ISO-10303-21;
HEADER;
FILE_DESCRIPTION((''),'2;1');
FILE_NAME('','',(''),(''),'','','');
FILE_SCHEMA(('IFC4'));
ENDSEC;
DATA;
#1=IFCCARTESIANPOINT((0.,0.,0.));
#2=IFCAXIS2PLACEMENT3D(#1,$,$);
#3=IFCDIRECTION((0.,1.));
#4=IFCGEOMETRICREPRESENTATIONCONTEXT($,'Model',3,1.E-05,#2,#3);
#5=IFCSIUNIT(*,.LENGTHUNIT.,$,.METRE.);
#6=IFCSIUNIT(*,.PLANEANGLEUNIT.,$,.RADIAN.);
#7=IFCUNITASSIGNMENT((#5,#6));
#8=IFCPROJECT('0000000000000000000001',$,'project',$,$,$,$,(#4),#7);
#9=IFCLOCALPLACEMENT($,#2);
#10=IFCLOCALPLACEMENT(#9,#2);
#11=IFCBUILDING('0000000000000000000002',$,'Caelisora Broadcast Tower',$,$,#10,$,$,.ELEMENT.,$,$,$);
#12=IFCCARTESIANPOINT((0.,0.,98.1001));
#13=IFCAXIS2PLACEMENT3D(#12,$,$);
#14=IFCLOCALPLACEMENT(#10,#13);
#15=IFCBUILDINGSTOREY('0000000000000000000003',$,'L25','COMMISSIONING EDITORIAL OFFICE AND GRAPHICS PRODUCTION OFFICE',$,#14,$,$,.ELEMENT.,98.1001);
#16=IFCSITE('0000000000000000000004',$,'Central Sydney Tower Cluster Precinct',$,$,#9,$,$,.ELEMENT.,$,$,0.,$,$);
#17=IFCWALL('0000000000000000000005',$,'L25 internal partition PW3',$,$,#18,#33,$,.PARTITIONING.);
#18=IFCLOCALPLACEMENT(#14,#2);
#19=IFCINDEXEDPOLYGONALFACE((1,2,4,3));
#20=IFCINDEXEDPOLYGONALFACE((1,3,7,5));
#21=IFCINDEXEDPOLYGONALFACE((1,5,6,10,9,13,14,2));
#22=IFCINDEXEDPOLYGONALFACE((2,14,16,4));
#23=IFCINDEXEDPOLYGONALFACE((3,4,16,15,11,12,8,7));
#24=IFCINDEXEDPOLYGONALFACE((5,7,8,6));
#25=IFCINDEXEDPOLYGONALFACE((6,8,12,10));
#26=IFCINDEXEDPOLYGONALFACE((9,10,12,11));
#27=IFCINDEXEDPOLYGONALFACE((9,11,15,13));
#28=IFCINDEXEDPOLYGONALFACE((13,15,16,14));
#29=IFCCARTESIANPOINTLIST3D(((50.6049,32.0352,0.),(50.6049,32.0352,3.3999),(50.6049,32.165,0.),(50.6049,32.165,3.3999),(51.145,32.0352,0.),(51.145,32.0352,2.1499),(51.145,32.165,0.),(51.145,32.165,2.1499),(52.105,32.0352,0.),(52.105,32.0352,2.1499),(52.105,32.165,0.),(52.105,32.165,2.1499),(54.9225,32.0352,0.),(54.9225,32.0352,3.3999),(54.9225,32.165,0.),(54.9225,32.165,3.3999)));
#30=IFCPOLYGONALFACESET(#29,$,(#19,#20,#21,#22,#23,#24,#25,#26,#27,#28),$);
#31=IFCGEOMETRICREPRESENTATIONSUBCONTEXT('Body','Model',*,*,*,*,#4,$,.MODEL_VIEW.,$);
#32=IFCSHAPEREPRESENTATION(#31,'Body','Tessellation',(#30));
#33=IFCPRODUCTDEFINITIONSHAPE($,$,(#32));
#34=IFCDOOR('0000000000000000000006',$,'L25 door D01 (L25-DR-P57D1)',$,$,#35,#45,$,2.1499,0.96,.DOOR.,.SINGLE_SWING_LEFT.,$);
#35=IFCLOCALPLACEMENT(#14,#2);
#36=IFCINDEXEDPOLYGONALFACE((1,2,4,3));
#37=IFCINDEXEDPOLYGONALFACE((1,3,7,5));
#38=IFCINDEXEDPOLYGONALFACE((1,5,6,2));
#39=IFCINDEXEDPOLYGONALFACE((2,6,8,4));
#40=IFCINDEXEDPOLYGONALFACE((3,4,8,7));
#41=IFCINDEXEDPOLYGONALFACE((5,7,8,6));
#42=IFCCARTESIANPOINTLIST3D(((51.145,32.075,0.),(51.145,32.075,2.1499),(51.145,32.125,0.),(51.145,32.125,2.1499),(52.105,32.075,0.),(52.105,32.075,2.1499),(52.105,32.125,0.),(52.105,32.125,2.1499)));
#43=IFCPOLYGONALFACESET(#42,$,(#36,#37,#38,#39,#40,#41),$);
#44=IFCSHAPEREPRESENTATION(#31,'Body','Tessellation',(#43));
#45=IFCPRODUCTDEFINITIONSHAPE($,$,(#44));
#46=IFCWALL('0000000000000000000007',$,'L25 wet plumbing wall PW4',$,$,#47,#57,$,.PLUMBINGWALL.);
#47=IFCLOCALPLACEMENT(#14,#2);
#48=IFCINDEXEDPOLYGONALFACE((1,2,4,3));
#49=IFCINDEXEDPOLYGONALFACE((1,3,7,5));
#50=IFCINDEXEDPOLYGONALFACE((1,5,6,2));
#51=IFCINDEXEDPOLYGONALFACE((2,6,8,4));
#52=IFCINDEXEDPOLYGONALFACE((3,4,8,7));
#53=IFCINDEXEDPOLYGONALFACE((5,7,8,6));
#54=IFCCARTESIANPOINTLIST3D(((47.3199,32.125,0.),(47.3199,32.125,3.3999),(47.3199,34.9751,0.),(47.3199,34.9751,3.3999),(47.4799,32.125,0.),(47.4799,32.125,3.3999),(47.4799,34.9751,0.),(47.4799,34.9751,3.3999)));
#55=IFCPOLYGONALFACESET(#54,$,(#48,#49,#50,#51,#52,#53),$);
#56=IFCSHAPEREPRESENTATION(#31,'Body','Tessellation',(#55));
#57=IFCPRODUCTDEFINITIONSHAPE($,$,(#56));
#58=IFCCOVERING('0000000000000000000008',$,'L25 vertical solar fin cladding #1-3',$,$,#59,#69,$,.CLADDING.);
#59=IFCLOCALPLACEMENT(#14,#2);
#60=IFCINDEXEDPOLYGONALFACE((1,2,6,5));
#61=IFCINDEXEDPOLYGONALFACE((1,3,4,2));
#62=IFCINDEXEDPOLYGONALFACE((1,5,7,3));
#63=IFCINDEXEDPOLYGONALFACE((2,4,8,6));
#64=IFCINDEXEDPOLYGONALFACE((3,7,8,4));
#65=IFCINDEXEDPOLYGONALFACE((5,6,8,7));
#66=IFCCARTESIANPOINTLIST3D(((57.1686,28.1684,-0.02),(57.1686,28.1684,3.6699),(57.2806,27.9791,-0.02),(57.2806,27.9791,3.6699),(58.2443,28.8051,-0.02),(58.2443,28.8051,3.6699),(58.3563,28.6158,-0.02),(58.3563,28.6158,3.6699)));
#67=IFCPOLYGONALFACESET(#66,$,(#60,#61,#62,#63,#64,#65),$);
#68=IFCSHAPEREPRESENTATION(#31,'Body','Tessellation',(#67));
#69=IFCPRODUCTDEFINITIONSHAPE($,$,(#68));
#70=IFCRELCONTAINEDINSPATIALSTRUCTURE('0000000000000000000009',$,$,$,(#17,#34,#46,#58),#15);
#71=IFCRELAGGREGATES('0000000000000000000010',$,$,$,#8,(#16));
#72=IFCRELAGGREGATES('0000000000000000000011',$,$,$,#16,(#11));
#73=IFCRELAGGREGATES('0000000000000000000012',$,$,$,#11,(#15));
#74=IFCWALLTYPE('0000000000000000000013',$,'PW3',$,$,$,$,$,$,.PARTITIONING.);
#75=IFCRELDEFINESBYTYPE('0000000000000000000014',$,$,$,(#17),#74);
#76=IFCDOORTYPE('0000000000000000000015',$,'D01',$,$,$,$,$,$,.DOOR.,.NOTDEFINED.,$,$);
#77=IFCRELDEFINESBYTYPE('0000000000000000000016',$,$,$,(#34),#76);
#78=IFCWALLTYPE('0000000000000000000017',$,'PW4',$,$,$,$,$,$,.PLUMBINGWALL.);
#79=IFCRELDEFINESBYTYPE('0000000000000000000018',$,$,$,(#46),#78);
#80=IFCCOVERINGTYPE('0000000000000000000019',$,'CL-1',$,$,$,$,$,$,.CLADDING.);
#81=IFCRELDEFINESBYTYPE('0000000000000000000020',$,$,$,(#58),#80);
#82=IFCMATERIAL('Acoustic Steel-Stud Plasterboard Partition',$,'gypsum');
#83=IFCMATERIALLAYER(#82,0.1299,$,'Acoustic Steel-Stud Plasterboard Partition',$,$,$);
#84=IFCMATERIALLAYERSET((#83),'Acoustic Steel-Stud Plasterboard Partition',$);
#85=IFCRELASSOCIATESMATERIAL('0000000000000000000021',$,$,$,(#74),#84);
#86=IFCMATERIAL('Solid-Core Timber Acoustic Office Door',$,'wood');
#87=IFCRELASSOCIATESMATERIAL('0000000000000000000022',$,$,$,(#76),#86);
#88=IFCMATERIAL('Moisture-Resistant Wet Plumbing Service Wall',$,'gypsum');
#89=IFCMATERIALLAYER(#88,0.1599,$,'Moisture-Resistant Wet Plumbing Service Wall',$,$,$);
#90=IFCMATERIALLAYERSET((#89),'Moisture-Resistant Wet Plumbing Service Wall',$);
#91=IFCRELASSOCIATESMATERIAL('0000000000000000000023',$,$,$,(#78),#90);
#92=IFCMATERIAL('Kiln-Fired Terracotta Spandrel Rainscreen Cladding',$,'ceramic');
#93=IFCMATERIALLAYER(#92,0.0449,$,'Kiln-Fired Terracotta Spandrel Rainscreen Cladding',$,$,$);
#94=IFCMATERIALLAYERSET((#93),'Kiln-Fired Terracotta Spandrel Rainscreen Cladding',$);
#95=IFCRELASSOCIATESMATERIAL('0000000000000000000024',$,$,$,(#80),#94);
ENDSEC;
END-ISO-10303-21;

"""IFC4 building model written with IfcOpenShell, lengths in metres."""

from ifc_helpers import new_model, si_unit, direction, frame, frame_2d, origin, origin_2d, place, context, subcontext, project, spatial, rectangle, extrude, source, transform, mapped, material, layer, layer_set, type_object, type_shapes, element, fill, save


model = new_model("IFC4")

# Units and contexts
model_context = context("Model", 3, precision=1e-05, world=origin(), true_north=direction((0.0, 1.0)))
body_context = subcontext(model_context, "Body", "Model", "MODEL_VIEW")
ifc_project = project(units=[si_unit("LENGTHUNIT", "METRE"), si_unit("PLANEANGLEUNIT", "RADIAN")], contexts=[model_context])

# Site, building, storey
site_placement = place(None, origin())
site = spatial("IfcSite", under=ifc_project, at=site_placement, Name="Central Sydney Tower Cluster Precinct", CompositionType="ELEMENT", RefElevation=0.0)
building_placement = place(site_placement, origin())
building = spatial("IfcBuilding", under=site, at=building_placement, Name="Caelisora Broadcast Tower", CompositionType="ELEMENT")
storey_placement = place(building_placement, frame((0.0, 0.0, 98.1001)))
storey = spatial("IfcBuildingStorey", under=building, at=storey_placement, Name="L25", Description="COMMISSIONING EDITORIAL OFFICE AND GRAPHICS PRODUCTION OFFICE", CompositionType="ELEMENT", Elevation=98.1001)

# Shared definitions
ifc_material_1 = material(Name="Acoustic Steel-Stud Plasterboard Partition", Category="gypsum")
ifc_layer_1 = layer(ifc_material_1, 0.1299, Name="Acoustic Steel-Stud Plasterboard Partition")
ifc_layer_set_1 = layer_set([ifc_layer_1], Name="Acoustic Steel-Stud Plasterboard Partition")
wall_type_1 = type_object("IfcWallType", Name="PW3", PredefinedType="PARTITIONING", material=ifc_layer_set_1)

# Wall, opening, door
wall_1_placement = place(storey_placement, frame((50.605, 32.1001, 0.0), z_axis=(0.0, 0.0, 1.0), x_axis=(1.0, 0.0, 0.0)))
wall_1 = element("IfcWall", 1, at=wall_1_placement, inside=storey, type_object=wall_type_1, Name="L25 internal partition PW3", PredefinedType="PARTITIONING", context=body_context, shape_type="SweptSolid", body=[
    extrude(rectangle(XDim=4.3176, YDim=0.1299, at=frame_2d((2.1587, 0.0))), origin(), (0.0, 0.0, 1.0), 3.3999),
])
opening_placement = place(wall_1_placement, frame((0.54, 0.0, 0.0)))
opening = element("IfcOpeningElement", 2, at=opening_placement, cuts=wall_1, PredefinedType="OPENING", context=body_context, shape_type="SweptSolid", body=[
    extrude(rectangle(XDim=0.96, YDim=2.1499, at=frame_2d((0.48, 1.075))), frame((0.0, 0.0769, 0.0), z_axis=(0.0, -1.0, 0.0), x_axis=(1.0, 0.0, 0.0)), (0.0, 0.0, 1.0), 0.1538),
])
ifc_material_2 = material(Name="Solid-Core Timber Acoustic Office Door", Category="wood")
door_type = type_object("IfcDoorType", Name="D01", OperationType="NOTDEFINED", PredefinedType="DOOR", material=ifc_material_2)
door_placement = place(opening_placement, origin())
door = element("IfcDoor", 3, at=door_placement, inside=storey, type_object=door_type, Name="L25 door D01 (L25-DR-P57D1)", OperationType="SINGLE_SWING_LEFT", OverallHeight=2.1499, OverallWidth=0.96, PredefinedType="DOOR", context=body_context, shape_type="SweptSolid", body=[
    extrude(rectangle(XDim=0.96, YDim=2.1499, at=frame_2d((0.48, 1.075))), frame((0.0, 0.0249, 0.0), z_axis=(0.0, -1.0, 0.0), x_axis=(1.0, 0.0, 0.0)), (0.0, 0.0, 1.0), 0.05),
])
fill(opening, door)

# Wall
ifc_material_3 = material(Name="Moisture-Resistant Wet Plumbing Service Wall", Category="gypsum")
ifc_layer_2 = layer(ifc_material_3, 0.1599, Name="Moisture-Resistant Wet Plumbing Service Wall")
ifc_layer_set_2 = layer_set([ifc_layer_2], Name="Moisture-Resistant Wet Plumbing Service Wall")
wall_type_2 = type_object("IfcWallType", Name="PW4", PredefinedType="PLUMBINGWALL", material=ifc_layer_set_2)
wall_2_placement = place(storey_placement, frame((47.3999, 32.125, 0.0), z_axis=(0.0, 0.0, 1.0), x_axis=(0.0, 1.0, 0.0)))
element("IfcWall", 4, at=wall_2_placement, inside=storey, type_object=wall_type_2, Name="L25 wet plumbing wall PW4", PredefinedType="PLUMBINGWALL", context=body_context, shape_type="SweptSolid", body=[
    extrude(rectangle(XDim=2.8501, YDim=0.1599, at=frame_2d((1.425, 0.0))), origin(), (0.0, 0.0, 1.0), 3.3999),
])

# Covering
ifc_material_4 = material(Name="Kiln-Fired Terracotta Spandrel Rainscreen Cladding", Category="ceramic")
ifc_layer_3 = layer(ifc_material_4, 0.0449, Name="Kiln-Fired Terracotta Spandrel Rainscreen Cladding")
ifc_layer_set_3 = layer_set([ifc_layer_3], Name="Kiln-Fired Terracotta Spandrel Rainscreen Cladding")
covering_type = type_object("IfcCoveringType", Name="CL-1", PredefinedType="CLADDING", material=ifc_layer_set_3)
shared_shape_1 = source(origin(), body_context, "Body", "SweptSolid", [
    extrude(rectangle(XDim=0.22, YDim=1.25, at=origin_2d()), origin(), (0.0, 0.0, 1.0), 3.6899),
])
type_shapes(covering_type, [shared_shape_1])
covering_placement = place(storey_placement, frame((57.7625, 28.3921, -0.02), z_axis=(0.0, 0.0, 1.0), x_axis=(0.509342, -0.860564, 0.0)))
element("IfcCovering", 5, at=covering_placement, inside=storey, type_object=covering_type, Name="L25 vertical solar fin cladding #1-3", PredefinedType="CLADDING", context=body_context, shape_type="MappedRepresentation", body=[
    mapped(shared_shape_1, transform((0.0, 0.0, 0.0), scale=1.0)),
])

save(model, "model.ifc")
